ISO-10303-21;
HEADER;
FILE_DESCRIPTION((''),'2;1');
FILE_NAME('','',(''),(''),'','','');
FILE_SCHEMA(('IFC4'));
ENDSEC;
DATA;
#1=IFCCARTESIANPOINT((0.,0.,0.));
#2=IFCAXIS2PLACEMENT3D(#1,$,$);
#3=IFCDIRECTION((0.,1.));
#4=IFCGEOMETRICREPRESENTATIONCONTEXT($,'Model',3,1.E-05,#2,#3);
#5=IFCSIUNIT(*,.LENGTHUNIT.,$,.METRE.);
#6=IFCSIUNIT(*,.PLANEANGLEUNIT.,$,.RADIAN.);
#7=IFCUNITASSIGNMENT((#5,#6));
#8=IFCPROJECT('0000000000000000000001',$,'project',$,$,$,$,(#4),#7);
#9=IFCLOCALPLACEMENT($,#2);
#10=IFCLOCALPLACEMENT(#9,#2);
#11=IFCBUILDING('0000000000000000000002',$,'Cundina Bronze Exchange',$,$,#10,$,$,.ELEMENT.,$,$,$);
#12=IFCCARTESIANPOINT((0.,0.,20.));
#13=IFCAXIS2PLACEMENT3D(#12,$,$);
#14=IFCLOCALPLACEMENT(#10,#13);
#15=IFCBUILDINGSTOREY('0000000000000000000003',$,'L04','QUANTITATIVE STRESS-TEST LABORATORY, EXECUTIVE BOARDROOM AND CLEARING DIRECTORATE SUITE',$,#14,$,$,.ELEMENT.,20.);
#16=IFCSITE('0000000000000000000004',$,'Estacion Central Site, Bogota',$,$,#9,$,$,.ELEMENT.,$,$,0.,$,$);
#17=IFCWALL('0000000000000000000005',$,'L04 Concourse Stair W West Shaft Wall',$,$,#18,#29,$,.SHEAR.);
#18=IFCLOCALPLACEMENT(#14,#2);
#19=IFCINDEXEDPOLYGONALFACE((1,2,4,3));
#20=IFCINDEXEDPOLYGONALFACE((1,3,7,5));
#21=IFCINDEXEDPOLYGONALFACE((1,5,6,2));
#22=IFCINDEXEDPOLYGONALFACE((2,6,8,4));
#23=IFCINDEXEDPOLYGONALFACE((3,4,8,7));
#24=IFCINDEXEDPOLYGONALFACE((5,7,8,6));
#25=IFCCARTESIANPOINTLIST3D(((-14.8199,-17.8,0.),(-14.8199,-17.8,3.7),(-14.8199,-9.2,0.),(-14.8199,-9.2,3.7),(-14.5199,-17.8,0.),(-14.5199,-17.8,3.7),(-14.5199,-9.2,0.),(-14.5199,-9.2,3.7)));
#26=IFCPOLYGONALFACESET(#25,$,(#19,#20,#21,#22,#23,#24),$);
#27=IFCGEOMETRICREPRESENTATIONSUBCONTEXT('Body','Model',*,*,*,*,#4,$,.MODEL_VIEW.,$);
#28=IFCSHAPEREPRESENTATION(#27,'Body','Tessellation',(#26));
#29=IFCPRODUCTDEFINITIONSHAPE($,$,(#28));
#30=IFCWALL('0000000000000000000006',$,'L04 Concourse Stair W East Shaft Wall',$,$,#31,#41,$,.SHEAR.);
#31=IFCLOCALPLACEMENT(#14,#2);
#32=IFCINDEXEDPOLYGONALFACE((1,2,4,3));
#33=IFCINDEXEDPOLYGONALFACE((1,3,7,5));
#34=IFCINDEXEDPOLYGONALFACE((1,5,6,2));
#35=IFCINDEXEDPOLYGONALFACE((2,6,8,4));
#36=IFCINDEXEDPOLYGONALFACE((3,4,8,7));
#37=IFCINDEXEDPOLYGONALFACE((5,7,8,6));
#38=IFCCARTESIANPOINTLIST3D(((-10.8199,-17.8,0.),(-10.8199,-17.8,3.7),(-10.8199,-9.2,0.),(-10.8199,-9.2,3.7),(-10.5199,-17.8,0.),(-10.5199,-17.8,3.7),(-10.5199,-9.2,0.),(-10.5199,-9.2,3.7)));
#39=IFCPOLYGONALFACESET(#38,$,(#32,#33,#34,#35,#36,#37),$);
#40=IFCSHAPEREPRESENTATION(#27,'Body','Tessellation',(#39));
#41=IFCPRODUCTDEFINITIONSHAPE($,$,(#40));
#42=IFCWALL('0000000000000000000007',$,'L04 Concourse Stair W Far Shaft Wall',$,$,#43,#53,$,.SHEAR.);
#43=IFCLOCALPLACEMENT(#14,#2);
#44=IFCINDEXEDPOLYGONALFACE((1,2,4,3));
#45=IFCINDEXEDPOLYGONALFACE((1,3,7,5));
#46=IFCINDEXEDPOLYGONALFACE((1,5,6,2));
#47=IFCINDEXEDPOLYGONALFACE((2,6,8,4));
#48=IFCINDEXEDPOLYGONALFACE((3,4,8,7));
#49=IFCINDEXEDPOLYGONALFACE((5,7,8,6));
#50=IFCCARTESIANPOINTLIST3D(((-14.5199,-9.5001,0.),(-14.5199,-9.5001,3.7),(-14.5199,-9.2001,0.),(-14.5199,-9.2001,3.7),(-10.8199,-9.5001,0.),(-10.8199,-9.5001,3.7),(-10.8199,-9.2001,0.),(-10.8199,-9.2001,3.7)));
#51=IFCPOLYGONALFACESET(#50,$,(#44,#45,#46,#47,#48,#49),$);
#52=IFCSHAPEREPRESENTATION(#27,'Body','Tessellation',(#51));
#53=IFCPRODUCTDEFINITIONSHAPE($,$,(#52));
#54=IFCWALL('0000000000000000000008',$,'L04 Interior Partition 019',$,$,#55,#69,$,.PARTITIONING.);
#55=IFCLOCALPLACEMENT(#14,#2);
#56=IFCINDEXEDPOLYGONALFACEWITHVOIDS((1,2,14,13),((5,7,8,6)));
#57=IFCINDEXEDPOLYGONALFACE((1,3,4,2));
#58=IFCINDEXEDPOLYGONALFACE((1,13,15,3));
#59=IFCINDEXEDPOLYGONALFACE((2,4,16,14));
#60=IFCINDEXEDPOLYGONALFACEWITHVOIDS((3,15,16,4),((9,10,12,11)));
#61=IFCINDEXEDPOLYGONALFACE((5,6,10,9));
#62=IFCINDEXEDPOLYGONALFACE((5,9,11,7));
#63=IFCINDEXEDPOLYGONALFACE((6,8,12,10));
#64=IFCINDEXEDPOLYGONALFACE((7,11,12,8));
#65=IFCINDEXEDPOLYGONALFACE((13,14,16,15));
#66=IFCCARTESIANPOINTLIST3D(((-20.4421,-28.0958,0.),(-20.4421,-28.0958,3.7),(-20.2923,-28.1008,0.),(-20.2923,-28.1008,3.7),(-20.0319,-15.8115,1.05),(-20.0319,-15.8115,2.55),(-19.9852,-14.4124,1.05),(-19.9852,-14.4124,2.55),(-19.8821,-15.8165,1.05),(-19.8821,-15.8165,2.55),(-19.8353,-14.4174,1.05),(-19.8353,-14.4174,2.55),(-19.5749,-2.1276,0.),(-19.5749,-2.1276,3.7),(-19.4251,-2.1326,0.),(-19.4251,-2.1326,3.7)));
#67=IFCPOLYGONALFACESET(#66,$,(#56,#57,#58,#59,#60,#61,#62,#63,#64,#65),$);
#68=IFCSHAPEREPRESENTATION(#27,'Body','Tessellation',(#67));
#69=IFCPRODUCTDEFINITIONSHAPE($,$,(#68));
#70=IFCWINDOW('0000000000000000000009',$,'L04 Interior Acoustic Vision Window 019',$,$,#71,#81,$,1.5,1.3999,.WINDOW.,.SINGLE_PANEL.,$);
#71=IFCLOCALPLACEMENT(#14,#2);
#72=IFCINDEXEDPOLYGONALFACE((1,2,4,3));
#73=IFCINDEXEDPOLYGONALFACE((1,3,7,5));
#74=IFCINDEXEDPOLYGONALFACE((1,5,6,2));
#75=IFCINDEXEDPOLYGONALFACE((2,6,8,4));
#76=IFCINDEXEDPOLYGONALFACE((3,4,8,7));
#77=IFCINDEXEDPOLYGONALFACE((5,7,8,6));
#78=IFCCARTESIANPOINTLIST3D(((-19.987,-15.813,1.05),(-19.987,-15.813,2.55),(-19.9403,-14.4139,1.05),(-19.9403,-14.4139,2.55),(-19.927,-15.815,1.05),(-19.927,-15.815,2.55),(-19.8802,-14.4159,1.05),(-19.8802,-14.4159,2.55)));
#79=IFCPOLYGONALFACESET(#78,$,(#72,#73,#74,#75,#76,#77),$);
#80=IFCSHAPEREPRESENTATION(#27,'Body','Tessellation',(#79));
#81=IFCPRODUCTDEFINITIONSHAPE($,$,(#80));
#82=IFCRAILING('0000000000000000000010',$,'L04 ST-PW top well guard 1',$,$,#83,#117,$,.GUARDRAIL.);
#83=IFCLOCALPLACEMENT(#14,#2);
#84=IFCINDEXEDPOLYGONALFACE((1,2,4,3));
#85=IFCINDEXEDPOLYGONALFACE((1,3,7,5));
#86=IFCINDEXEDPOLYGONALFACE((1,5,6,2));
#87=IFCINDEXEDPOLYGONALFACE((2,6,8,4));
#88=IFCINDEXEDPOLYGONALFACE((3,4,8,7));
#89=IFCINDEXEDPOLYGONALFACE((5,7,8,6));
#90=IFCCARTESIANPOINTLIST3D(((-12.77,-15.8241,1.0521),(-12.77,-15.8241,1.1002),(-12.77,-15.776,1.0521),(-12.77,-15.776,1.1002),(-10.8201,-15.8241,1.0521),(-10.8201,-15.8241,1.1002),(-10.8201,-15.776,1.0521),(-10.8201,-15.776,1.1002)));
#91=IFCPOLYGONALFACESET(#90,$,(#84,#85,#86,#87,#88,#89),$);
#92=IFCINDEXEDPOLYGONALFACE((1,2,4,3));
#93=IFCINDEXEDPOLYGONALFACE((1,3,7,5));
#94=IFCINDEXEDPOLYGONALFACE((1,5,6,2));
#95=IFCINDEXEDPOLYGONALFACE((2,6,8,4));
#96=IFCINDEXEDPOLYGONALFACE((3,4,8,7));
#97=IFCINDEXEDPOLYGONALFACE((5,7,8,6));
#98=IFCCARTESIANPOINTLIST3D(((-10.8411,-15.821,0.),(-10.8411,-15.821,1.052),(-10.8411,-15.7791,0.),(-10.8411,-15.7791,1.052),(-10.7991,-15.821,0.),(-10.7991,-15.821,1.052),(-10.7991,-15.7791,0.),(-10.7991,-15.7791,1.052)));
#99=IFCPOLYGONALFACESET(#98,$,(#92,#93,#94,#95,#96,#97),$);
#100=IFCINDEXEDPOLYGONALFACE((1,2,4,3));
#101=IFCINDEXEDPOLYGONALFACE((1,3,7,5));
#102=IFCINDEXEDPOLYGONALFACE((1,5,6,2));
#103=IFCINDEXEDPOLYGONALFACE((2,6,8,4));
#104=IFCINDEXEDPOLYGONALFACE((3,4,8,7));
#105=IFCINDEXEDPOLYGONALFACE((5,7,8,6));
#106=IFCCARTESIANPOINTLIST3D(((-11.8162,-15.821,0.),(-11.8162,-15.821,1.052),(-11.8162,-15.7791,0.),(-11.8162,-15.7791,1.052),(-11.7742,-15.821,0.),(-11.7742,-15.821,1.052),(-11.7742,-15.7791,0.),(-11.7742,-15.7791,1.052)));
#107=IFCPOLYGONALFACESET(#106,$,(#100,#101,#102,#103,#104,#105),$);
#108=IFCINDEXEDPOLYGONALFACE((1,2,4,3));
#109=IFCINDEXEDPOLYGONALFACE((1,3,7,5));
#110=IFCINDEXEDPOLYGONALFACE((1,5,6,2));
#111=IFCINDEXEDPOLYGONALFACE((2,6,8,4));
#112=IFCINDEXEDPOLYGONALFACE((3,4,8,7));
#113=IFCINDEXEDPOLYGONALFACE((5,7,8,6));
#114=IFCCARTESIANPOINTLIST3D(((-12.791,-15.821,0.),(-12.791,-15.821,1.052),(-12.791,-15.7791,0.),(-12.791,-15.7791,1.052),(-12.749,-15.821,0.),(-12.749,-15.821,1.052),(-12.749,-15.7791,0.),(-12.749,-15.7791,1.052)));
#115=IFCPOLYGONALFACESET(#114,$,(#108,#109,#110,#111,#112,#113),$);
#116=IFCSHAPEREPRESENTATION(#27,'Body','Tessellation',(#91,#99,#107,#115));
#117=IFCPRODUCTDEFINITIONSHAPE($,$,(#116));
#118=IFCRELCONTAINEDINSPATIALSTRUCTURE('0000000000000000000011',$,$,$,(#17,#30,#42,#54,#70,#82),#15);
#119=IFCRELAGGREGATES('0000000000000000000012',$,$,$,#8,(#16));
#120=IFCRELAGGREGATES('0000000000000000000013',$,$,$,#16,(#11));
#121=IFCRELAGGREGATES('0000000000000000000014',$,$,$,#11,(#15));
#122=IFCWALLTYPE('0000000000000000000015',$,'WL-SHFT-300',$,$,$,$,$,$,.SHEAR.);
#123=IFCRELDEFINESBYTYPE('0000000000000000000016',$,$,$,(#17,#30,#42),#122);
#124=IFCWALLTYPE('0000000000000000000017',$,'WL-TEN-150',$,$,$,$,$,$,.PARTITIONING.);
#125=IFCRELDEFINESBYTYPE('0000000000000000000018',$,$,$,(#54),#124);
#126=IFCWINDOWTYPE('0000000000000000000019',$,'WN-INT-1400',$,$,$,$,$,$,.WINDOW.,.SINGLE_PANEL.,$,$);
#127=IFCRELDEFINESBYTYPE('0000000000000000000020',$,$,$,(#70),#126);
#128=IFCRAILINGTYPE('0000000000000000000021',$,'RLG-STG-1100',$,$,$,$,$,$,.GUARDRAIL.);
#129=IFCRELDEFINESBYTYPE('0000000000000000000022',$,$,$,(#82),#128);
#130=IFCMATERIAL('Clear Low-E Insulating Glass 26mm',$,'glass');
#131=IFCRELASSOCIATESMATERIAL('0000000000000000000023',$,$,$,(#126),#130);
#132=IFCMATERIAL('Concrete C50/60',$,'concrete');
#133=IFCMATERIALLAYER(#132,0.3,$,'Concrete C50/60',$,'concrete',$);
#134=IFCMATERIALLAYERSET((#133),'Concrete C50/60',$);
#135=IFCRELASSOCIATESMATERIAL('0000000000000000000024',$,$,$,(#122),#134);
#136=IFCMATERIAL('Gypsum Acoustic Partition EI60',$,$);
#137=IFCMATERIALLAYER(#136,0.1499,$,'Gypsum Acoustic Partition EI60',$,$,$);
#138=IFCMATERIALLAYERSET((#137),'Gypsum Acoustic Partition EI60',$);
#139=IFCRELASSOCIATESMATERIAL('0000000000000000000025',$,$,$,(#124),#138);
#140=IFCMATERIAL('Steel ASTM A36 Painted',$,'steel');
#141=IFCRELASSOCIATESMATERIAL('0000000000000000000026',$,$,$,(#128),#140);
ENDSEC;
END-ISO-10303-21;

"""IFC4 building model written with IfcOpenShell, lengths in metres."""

from ifc_helpers import new_model, si_unit, direction, frame, frame_2d, origin, origin_2d, place, context, subcontext, project, spatial, rectangle, extrude, material, layer, layer_set, type_object, element, fill, save


model = new_model("IFC4")

# Units and contexts
model_context = context("Model", 3, precision=1e-05, world=origin(), true_north=direction((0.0, 1.0)))
body_context = subcontext(model_context, "Body", "Model", "MODEL_VIEW")
ifc_project = project(units=[si_unit("LENGTHUNIT", "METRE"), si_unit("PLANEANGLEUNIT", "RADIAN")], contexts=[model_context])

# Site, building, storey
site_placement = place(None, origin())
site = spatial("IfcSite", under=ifc_project, at=site_placement, Name="Estacion Central Site, Bogota", CompositionType="ELEMENT", RefElevation=0.0)
building_placement = place(site_placement, origin())
building = spatial("IfcBuilding", under=site, at=building_placement, Name="Cundina Bronze Exchange", CompositionType="ELEMENT")
storey_placement = place(building_placement, frame((0.0, 0.0, 20.0)))
storey = spatial("IfcBuildingStorey", under=building, at=storey_placement, Name="L04", Description="QUANTITATIVE STRESS-TEST LABORATORY, EXECUTIVE BOARDROOM AND CLEARING DIRECTORATE SUITE", CompositionType="ELEMENT", Elevation=20.0)

# Shared definitions
ifc_material_1 = material(Name="Concrete C50/60", Category="concrete")

# Shared definitions
ifc_material_2 = material(Name="Clear Low-E Insulating Glass 26mm", Category="glass")
window_type_1 = type_object("IfcWindowType", Name="WN-INT-1400", PartitioningType="SINGLE_PANEL", PredefinedType="WINDOW", material=ifc_material_2)

# Walls
ifc_layer_1 = layer(ifc_material_1, 0.3, Name="Concrete C50/60", Category="concrete")
ifc_layer_set_1 = layer_set([ifc_layer_1], Name="Concrete C50/60")
wall_type_1 = type_object("IfcWallType", Name="WL-SHFT-300", PredefinedType="SHEAR", material=ifc_layer_set_1)
for number, where, z_axis, x_axis, name in (
    (1, (-14.6699, -17.8, 0.0), (0.0, 0.0, 1.0), (0.0, 1.0, 0.0), "L04 Concourse Stair W West Shaft Wall"),
    (2, (-10.6699, -17.8, 0.0), (0.0, 0.0, 1.0), (0.0, 1.0, 0.0), "L04 Concourse Stair W East Shaft Wall"),
):
    element("IfcWall", number, at=place(storey_placement, frame(where, z_axis=z_axis, x_axis=x_axis)), inside=storey, type_object=wall_type_1, Name=name, PredefinedType="SHEAR", context=body_context, shape_type="SweptSolid", body=[
        extrude(rectangle(XDim=8.6001, YDim=0.3, at=frame_2d((4.3, 0.0))), origin(), (0.0, 0.0, 1.0), 3.7),
    ])

# Shared definitions
ifc_material_3 = material(Name="Steel ASTM A36 Painted", Category="steel")

# Wall
wall_1_placement = place(storey_placement, frame((-14.52, -9.3501, 0.0), z_axis=(0.0, 0.0, 1.0), x_axis=(1.0, 0.0, 0.0)))
element("IfcWall", 3, at=wall_1_placement, inside=storey, type_object=wall_type_1, Name="L04 Concourse Stair W Far Shaft Wall", PredefinedType="SHEAR", context=body_context, shape_type="SweptSolid", body=[
    extrude(rectangle(XDim=3.7, YDim=0.3, at=frame_2d((1.8501, 0.0))), origin(), (0.0, 0.0, 1.0), 3.7),
])

# Wall, opening, window
ifc_material_4 = material(Name="Gypsum Acoustic Partition EI60")
ifc_layer_2 = layer(ifc_material_4, 0.1499, Name="Gypsum Acoustic Partition EI60")
ifc_layer_set_2 = layer_set([ifc_layer_2], Name="Gypsum Acoustic Partition EI60")
wall_type_2 = type_object("IfcWallType", Name="WL-TEN-150", PredefinedType="PARTITIONING", material=ifc_layer_set_2)
wall_2_placement = place(storey_placement, frame((-20.3672, -28.0981, 0.0), z_axis=(0.0, 0.0, 1.0), x_axis=(0.033376, 0.999443, 0.0)))
wall_2 = element("IfcWall", 4, at=wall_2_placement, inside=storey, type_object=wall_type_2, Name="L04 Interior Partition 019", PredefinedType="PARTITIONING", context=body_context, shape_type="SweptSolid", body=[
    extrude(rectangle(XDim=25.9827, YDim=0.1499, at=frame_2d((12.9912, 0.0))), origin(), (0.0, 0.0, 1.0), 3.7),
])
opening_1_placement = place(wall_2_placement, frame((12.291, 0.0, 1.05)))
opening_1 = element("IfcOpeningElement", 5, at=opening_1_placement, cuts=wall_2, PredefinedType="OPENING", context=body_context, shape_type="SweptSolid", body=[
    extrude(rectangle(XDim=1.3999, YDim=1.5, at=frame_2d((0.7, 0.75))), frame((0.0, 0.085, 0.0), z_axis=(0.0, -1.0, 0.0), x_axis=(1.0, 0.0, 0.0)), (0.0, 0.0, 1.0), 0.1699),
])
window_1_placement = place(opening_1_placement, origin())
window_1 = element("IfcWindow", 6, at=window_1_placement, inside=storey, type_object=window_type_1, Name="L04 Interior Acoustic Vision Window 019", OverallHeight=1.5, OverallWidth=1.3999, PartitioningType="SINGLE_PANEL", PredefinedType="WINDOW", context=body_context, shape_type="SweptSolid", body=[
    extrude(rectangle(XDim=1.3999, YDim=1.5, at=frame_2d((0.7, 0.75))), frame((0.0, 0.03, 0.0), z_axis=(0.0, -1.0, 0.0), x_axis=(1.0, 0.0, 0.0)), (0.0, 0.0, 1.0), 0.0601),
])
fill(opening_1, window_1)

# Railing
railing_type = type_object("IfcRailingType", Name="RLG-STG-1100", PredefinedType="GUARDRAIL", material=ifc_material_3)
railing_placement = place(storey_placement, frame((-10.8201, -15.8, 0.0)))
element("IfcRailing", 7, at=railing_placement, inside=storey, type_object=railing_type, Name="L04 ST-PW top well guard 1", PredefinedType="GUARDRAIL", context=body_context, shape_type="SweptSolid", body=[
    extrude(rectangle(XDim=0.0481, YDim=0.0481, at=origin_2d()), frame((0.0, 0.0, 1.0762), z_axis=(-1.0, 0.0, 0.0), x_axis=(0.0, -1.0, 0.0)), (0.0, 0.0, 1.0), 1.95),
    extrude(rectangle(XDim=0.042, YDim=0.042, at=origin_2d()), origin(), (0.0, 0.0, 1.0), 1.052),
    extrude(rectangle(XDim=0.042, YDim=0.042, at=origin_2d()), frame((-0.9751, 0.0, 0.0)), (0.0, 0.0, 1.0), 1.052),
    extrude(rectangle(XDim=0.042, YDim=0.042, at=origin_2d()), frame((-1.95, 0.0, 0.0)), (0.0, 0.0, 1.0), 1.052),
])

save(model, "model.ifc")
